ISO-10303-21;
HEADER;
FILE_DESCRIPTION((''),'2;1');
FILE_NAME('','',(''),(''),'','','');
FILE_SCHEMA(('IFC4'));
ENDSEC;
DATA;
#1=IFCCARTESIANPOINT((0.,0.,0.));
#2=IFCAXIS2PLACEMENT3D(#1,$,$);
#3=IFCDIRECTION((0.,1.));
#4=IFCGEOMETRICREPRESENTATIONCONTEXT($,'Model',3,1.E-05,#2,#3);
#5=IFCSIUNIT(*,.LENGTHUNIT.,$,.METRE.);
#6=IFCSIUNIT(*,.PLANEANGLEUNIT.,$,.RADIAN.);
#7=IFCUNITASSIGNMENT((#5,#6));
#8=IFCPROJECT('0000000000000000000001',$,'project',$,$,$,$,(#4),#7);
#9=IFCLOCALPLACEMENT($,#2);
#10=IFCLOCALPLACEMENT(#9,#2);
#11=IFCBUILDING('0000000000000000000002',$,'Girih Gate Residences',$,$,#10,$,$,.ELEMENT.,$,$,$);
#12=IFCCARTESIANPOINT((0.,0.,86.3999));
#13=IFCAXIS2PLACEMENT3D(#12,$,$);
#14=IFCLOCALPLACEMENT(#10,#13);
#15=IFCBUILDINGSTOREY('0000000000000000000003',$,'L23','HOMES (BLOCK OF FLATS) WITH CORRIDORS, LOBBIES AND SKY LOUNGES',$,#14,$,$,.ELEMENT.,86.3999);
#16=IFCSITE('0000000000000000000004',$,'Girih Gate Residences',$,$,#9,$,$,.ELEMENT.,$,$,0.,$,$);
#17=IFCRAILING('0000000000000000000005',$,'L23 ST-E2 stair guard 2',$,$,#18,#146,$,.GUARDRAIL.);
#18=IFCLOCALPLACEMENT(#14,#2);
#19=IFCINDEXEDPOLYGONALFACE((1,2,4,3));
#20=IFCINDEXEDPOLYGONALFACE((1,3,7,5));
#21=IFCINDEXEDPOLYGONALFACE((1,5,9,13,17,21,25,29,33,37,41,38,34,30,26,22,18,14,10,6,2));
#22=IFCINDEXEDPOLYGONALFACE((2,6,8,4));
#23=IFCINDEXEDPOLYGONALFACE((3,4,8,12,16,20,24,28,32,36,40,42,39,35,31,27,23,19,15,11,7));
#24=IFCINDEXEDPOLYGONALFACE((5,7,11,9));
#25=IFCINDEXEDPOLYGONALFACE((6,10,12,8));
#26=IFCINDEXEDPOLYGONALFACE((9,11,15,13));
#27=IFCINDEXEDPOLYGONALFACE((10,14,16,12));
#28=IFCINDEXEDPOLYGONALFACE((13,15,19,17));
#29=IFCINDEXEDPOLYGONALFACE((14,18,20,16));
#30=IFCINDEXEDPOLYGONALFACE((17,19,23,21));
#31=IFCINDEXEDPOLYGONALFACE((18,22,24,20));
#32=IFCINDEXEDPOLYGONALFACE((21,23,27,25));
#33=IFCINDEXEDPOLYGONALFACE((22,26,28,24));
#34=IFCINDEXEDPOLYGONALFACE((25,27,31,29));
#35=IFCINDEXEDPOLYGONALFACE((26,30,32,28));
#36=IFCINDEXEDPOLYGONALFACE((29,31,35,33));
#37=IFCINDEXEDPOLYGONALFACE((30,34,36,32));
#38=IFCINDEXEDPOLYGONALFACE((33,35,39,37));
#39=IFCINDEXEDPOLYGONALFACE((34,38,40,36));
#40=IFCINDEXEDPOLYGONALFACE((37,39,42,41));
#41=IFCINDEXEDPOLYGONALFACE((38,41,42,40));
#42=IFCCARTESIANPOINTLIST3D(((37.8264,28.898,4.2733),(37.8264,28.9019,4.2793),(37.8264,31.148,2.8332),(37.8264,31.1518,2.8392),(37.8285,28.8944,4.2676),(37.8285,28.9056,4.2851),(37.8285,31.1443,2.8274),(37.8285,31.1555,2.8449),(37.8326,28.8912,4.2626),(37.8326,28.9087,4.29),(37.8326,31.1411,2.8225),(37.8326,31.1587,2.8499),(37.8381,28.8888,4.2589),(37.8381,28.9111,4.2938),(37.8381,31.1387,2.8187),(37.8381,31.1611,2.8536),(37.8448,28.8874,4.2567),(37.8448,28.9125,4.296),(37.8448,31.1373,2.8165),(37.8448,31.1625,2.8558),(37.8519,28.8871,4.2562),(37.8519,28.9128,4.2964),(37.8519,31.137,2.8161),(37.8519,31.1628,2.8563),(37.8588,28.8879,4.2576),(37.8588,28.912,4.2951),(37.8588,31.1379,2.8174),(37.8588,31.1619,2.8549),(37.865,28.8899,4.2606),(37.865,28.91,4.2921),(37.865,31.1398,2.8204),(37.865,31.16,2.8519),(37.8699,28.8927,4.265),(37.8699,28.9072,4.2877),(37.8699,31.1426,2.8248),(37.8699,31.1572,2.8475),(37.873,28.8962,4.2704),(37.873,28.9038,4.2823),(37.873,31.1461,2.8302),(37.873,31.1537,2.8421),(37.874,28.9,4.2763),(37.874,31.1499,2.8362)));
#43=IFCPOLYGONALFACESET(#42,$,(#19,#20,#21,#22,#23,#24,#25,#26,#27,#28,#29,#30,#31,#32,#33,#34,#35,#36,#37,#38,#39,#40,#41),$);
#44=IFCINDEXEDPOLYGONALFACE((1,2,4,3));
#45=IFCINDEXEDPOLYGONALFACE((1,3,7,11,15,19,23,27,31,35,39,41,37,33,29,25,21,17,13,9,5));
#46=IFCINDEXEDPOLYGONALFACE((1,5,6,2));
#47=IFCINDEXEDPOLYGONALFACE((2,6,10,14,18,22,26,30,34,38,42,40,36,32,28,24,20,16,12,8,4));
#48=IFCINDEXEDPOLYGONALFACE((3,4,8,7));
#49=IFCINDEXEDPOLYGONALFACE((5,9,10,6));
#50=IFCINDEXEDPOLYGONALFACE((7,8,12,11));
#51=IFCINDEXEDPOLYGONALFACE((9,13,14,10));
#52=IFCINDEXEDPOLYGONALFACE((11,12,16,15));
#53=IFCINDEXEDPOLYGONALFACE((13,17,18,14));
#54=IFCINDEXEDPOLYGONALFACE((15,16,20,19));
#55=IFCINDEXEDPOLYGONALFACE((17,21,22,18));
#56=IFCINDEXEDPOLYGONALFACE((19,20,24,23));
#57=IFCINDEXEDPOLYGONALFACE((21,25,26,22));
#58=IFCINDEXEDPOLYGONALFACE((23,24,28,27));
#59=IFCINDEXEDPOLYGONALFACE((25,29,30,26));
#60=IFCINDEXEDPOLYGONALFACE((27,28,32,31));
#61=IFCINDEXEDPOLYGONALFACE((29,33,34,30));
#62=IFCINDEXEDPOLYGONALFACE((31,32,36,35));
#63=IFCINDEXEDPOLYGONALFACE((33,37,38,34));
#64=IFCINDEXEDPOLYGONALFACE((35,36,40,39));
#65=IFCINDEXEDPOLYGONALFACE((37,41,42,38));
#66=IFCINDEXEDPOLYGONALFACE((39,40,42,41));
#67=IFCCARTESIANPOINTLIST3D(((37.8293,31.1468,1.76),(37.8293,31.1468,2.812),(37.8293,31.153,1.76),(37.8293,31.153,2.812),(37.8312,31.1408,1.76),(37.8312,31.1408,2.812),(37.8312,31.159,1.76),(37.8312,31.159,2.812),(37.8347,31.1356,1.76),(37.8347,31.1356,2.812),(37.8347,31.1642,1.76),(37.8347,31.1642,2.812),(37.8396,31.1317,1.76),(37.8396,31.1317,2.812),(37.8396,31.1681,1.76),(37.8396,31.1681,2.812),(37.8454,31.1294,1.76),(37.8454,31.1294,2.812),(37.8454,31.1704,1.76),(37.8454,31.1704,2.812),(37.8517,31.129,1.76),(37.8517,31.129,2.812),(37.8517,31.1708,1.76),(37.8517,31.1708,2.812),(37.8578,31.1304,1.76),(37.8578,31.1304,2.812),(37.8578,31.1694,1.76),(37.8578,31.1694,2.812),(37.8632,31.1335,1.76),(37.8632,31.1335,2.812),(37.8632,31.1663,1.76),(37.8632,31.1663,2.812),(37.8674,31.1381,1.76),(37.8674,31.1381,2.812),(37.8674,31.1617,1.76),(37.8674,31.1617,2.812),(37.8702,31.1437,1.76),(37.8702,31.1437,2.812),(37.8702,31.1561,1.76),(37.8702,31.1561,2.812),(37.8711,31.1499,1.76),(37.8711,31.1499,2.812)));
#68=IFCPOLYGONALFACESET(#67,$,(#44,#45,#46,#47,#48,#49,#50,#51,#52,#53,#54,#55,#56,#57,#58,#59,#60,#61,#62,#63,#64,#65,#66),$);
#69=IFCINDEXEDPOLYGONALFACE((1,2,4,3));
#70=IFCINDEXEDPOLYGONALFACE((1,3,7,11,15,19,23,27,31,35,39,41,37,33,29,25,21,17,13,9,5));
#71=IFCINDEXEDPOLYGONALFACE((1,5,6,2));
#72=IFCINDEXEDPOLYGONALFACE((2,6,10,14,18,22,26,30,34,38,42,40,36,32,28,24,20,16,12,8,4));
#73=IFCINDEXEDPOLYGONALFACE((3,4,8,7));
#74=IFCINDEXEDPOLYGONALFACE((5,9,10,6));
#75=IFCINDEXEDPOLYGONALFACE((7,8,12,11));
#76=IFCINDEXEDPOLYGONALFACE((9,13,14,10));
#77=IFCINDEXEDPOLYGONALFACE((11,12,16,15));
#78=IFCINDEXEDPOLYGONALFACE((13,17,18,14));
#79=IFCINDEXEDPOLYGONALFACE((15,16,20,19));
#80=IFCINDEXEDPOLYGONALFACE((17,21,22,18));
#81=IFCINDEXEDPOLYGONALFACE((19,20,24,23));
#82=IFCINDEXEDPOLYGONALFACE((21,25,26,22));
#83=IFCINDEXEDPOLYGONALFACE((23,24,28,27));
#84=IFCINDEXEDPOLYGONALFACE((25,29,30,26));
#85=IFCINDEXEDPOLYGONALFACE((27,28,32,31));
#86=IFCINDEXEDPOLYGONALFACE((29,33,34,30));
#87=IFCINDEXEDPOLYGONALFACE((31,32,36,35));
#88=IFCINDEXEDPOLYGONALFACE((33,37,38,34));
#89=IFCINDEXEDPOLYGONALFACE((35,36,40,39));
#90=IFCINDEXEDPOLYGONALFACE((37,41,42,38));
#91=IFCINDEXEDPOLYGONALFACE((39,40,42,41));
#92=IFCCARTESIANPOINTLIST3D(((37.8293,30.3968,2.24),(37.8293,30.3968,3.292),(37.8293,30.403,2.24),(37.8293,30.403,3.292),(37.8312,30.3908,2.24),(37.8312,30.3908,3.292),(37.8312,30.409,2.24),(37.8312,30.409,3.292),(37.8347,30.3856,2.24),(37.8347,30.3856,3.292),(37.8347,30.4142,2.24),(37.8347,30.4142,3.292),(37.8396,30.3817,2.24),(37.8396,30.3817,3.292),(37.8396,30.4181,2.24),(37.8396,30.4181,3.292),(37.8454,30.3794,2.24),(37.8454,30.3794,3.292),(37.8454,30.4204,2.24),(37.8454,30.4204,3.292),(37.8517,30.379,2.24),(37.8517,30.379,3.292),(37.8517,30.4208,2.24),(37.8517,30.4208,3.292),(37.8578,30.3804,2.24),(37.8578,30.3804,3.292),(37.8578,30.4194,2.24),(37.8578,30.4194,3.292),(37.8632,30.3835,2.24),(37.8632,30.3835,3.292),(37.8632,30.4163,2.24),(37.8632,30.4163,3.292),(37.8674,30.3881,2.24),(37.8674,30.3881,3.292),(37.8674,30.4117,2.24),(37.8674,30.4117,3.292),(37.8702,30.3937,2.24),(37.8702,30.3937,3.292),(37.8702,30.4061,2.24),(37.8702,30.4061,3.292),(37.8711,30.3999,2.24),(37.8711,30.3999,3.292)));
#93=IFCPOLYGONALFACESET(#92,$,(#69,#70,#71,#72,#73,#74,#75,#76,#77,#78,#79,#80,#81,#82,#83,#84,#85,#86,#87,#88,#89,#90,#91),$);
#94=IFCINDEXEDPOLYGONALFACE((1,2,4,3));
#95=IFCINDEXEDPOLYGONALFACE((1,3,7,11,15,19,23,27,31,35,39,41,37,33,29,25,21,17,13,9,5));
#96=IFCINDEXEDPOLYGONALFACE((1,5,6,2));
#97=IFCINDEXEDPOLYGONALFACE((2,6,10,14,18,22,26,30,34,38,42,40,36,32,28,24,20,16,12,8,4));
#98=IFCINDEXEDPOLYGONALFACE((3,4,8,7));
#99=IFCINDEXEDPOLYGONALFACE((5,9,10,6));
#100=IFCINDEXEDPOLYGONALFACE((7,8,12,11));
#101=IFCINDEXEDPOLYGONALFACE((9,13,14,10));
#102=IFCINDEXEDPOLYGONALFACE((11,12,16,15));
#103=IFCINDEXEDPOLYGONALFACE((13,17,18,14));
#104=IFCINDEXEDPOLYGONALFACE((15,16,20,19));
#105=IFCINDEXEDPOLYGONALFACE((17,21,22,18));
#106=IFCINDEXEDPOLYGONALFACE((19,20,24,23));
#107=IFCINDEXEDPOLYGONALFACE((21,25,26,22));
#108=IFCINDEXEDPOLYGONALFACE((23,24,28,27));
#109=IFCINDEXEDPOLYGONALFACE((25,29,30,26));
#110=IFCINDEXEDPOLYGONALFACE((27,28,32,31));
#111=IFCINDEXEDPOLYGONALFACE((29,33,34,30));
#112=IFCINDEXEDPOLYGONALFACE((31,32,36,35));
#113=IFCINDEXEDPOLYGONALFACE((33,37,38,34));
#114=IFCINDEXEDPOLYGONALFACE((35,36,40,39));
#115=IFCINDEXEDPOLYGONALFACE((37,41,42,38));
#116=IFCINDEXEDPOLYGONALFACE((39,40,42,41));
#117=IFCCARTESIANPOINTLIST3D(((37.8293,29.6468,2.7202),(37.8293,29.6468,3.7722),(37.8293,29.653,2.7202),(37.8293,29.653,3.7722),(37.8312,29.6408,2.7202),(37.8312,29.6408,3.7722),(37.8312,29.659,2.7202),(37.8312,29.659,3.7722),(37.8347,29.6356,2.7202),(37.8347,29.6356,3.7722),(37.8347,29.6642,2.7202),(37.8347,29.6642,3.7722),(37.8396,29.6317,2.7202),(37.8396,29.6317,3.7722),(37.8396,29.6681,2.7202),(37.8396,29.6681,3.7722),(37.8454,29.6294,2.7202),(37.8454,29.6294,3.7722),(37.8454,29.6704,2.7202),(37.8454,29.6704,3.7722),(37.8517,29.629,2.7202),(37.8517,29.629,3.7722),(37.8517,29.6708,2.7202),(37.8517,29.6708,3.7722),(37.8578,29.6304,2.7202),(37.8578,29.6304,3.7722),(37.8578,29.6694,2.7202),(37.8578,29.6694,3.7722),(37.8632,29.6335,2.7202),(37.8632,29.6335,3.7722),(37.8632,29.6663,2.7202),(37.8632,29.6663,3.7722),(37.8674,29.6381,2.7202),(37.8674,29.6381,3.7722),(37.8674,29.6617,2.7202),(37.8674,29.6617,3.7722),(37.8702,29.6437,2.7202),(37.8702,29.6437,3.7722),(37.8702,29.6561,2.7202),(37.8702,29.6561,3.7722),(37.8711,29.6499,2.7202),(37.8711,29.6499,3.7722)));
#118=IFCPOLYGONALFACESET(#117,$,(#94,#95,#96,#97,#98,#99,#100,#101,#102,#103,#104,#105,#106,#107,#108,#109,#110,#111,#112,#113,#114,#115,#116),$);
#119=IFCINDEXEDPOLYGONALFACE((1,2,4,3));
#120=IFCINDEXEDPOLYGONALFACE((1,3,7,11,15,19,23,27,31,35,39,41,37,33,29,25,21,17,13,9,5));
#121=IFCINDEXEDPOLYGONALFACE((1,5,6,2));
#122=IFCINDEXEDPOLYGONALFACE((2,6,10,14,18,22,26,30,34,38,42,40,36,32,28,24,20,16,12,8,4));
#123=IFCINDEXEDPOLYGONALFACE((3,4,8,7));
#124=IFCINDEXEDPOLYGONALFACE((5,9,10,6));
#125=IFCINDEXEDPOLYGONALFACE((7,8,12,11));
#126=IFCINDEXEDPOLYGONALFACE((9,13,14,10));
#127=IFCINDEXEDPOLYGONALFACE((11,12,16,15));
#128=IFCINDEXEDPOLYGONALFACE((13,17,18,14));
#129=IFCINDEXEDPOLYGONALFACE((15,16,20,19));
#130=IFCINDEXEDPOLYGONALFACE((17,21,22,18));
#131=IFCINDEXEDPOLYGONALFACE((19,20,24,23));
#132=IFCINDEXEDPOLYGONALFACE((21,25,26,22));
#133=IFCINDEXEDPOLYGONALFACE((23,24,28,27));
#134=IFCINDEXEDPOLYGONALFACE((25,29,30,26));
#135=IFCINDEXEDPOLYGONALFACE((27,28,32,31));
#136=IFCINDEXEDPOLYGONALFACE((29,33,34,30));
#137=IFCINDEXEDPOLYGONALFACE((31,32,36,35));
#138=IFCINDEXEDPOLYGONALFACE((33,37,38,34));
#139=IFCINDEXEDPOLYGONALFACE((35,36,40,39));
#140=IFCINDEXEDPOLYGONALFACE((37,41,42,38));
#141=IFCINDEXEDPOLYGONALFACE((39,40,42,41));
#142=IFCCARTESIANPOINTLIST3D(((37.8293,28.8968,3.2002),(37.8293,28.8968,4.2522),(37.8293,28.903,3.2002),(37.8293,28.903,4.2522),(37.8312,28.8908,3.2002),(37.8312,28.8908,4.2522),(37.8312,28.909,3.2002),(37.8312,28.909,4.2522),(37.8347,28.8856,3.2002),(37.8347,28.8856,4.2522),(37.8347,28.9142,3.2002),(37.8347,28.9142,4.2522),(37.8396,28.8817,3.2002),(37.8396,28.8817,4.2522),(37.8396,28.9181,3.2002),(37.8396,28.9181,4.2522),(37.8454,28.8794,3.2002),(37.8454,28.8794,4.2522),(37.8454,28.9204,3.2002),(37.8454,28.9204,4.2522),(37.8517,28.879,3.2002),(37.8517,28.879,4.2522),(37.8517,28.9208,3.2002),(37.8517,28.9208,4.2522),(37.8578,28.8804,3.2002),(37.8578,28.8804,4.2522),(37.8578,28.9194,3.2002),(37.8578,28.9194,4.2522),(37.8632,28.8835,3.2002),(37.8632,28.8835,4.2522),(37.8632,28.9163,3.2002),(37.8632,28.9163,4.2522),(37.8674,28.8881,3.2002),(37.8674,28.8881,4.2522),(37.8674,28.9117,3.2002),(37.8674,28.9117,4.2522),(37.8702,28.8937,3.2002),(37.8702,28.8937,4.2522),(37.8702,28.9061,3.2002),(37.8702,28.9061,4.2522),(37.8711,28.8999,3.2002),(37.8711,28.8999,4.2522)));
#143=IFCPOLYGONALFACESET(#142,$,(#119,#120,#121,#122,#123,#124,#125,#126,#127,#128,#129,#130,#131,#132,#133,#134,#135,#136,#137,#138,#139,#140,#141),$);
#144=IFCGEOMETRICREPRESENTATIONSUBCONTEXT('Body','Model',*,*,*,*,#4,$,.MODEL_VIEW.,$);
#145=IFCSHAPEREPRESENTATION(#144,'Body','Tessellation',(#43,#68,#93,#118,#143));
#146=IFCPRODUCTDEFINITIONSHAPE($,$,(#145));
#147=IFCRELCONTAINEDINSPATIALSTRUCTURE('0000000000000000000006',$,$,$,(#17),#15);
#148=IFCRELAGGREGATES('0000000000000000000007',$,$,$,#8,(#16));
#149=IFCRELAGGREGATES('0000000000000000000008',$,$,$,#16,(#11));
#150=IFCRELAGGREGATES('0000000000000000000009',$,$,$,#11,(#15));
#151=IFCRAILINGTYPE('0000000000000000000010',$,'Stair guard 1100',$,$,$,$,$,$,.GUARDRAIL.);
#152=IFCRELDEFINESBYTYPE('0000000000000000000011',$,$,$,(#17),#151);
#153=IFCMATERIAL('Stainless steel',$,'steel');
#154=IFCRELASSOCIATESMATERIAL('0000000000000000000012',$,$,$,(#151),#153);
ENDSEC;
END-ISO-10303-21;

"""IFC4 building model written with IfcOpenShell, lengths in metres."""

from ifc_helpers import new_model, si_unit, direction, frame, origin, origin_2d, place, context, subcontext, project, spatial, circle, extrude, material, type_object, element, save


model = new_model("IFC4")

# Units and contexts
model_context = context("Model", 3, precision=1e-05, world=origin(), true_north=direction((0.0, 1.0)))
body_context = subcontext(model_context, "Body", "Model", "MODEL_VIEW")
ifc_project = project(units=[si_unit("LENGTHUNIT", "METRE"), si_unit("PLANEANGLEUNIT", "RADIAN")], contexts=[model_context])

# Site, building, storey
site_placement = place(None, origin())
site = spatial("IfcSite", under=ifc_project, at=site_placement, Name="Girih Gate Residences", CompositionType="ELEMENT", RefElevation=0.0)
building_placement = place(site_placement, origin())
building = spatial("IfcBuilding", under=site, at=building_placement, Name="Girih Gate Residences", CompositionType="ELEMENT")
storey_placement = place(building_placement, frame((0.0, 0.0, 86.3999)))
storey = spatial("IfcBuildingStorey", under=building, at=storey_placement, Name="L23", Description="HOMES (BLOCK OF FLATS) WITH CORRIDORS, LOBBIES AND SKY LOUNGES", CompositionType="ELEMENT", Elevation=86.3999)

# Shared definitions
ifc_material_1 = material(Name="Stainless steel", Category="steel")

# Railing
railing_type_1 = type_object("IfcRailingType", Name="Stair guard 1100", PredefinedType="GUARDRAIL", material=ifc_material_1)
railing_1_placement = place(storey_placement, frame((37.8501, 31.1499, 1.76)))
element("IfcRailing", 1, at=railing_1_placement, inside=storey, type_object=railing_type_1, Name="L23 ST-E2 stair guard 2", PredefinedType="GUARDRAIL", context=body_context, shape_type="SweptSolid", body=[
    extrude(circle(Radius=0.0239, at=origin_2d()), frame((0.0, 0.0, 1.0762), z_axis=(0.0, -0.84224, 0.539103), x_axis=(1.0, 0.0, 0.0)), (0.0, 0.0, 1.0), 2.6714),
    extrude(circle(Radius=0.021, at=origin_2d()), origin(), (0.0, 0.0, 1.0), 1.052),
    extrude(circle(Radius=0.021, at=origin_2d()), frame((0.0, -0.75, 0.48)), (0.0, 0.0, 1.0), 1.052),
    extrude(circle(Radius=0.021, at=origin_2d()), frame((0.0, -1.5, 0.9602)), (0.0, 0.0, 1.0), 1.052),
    extrude(circle(Radius=0.021, at=origin_2d()), frame((0.0, -2.25, 1.4402)), (0.0, 0.0, 1.0), 1.052),
])

save(model, "model.ifc")
